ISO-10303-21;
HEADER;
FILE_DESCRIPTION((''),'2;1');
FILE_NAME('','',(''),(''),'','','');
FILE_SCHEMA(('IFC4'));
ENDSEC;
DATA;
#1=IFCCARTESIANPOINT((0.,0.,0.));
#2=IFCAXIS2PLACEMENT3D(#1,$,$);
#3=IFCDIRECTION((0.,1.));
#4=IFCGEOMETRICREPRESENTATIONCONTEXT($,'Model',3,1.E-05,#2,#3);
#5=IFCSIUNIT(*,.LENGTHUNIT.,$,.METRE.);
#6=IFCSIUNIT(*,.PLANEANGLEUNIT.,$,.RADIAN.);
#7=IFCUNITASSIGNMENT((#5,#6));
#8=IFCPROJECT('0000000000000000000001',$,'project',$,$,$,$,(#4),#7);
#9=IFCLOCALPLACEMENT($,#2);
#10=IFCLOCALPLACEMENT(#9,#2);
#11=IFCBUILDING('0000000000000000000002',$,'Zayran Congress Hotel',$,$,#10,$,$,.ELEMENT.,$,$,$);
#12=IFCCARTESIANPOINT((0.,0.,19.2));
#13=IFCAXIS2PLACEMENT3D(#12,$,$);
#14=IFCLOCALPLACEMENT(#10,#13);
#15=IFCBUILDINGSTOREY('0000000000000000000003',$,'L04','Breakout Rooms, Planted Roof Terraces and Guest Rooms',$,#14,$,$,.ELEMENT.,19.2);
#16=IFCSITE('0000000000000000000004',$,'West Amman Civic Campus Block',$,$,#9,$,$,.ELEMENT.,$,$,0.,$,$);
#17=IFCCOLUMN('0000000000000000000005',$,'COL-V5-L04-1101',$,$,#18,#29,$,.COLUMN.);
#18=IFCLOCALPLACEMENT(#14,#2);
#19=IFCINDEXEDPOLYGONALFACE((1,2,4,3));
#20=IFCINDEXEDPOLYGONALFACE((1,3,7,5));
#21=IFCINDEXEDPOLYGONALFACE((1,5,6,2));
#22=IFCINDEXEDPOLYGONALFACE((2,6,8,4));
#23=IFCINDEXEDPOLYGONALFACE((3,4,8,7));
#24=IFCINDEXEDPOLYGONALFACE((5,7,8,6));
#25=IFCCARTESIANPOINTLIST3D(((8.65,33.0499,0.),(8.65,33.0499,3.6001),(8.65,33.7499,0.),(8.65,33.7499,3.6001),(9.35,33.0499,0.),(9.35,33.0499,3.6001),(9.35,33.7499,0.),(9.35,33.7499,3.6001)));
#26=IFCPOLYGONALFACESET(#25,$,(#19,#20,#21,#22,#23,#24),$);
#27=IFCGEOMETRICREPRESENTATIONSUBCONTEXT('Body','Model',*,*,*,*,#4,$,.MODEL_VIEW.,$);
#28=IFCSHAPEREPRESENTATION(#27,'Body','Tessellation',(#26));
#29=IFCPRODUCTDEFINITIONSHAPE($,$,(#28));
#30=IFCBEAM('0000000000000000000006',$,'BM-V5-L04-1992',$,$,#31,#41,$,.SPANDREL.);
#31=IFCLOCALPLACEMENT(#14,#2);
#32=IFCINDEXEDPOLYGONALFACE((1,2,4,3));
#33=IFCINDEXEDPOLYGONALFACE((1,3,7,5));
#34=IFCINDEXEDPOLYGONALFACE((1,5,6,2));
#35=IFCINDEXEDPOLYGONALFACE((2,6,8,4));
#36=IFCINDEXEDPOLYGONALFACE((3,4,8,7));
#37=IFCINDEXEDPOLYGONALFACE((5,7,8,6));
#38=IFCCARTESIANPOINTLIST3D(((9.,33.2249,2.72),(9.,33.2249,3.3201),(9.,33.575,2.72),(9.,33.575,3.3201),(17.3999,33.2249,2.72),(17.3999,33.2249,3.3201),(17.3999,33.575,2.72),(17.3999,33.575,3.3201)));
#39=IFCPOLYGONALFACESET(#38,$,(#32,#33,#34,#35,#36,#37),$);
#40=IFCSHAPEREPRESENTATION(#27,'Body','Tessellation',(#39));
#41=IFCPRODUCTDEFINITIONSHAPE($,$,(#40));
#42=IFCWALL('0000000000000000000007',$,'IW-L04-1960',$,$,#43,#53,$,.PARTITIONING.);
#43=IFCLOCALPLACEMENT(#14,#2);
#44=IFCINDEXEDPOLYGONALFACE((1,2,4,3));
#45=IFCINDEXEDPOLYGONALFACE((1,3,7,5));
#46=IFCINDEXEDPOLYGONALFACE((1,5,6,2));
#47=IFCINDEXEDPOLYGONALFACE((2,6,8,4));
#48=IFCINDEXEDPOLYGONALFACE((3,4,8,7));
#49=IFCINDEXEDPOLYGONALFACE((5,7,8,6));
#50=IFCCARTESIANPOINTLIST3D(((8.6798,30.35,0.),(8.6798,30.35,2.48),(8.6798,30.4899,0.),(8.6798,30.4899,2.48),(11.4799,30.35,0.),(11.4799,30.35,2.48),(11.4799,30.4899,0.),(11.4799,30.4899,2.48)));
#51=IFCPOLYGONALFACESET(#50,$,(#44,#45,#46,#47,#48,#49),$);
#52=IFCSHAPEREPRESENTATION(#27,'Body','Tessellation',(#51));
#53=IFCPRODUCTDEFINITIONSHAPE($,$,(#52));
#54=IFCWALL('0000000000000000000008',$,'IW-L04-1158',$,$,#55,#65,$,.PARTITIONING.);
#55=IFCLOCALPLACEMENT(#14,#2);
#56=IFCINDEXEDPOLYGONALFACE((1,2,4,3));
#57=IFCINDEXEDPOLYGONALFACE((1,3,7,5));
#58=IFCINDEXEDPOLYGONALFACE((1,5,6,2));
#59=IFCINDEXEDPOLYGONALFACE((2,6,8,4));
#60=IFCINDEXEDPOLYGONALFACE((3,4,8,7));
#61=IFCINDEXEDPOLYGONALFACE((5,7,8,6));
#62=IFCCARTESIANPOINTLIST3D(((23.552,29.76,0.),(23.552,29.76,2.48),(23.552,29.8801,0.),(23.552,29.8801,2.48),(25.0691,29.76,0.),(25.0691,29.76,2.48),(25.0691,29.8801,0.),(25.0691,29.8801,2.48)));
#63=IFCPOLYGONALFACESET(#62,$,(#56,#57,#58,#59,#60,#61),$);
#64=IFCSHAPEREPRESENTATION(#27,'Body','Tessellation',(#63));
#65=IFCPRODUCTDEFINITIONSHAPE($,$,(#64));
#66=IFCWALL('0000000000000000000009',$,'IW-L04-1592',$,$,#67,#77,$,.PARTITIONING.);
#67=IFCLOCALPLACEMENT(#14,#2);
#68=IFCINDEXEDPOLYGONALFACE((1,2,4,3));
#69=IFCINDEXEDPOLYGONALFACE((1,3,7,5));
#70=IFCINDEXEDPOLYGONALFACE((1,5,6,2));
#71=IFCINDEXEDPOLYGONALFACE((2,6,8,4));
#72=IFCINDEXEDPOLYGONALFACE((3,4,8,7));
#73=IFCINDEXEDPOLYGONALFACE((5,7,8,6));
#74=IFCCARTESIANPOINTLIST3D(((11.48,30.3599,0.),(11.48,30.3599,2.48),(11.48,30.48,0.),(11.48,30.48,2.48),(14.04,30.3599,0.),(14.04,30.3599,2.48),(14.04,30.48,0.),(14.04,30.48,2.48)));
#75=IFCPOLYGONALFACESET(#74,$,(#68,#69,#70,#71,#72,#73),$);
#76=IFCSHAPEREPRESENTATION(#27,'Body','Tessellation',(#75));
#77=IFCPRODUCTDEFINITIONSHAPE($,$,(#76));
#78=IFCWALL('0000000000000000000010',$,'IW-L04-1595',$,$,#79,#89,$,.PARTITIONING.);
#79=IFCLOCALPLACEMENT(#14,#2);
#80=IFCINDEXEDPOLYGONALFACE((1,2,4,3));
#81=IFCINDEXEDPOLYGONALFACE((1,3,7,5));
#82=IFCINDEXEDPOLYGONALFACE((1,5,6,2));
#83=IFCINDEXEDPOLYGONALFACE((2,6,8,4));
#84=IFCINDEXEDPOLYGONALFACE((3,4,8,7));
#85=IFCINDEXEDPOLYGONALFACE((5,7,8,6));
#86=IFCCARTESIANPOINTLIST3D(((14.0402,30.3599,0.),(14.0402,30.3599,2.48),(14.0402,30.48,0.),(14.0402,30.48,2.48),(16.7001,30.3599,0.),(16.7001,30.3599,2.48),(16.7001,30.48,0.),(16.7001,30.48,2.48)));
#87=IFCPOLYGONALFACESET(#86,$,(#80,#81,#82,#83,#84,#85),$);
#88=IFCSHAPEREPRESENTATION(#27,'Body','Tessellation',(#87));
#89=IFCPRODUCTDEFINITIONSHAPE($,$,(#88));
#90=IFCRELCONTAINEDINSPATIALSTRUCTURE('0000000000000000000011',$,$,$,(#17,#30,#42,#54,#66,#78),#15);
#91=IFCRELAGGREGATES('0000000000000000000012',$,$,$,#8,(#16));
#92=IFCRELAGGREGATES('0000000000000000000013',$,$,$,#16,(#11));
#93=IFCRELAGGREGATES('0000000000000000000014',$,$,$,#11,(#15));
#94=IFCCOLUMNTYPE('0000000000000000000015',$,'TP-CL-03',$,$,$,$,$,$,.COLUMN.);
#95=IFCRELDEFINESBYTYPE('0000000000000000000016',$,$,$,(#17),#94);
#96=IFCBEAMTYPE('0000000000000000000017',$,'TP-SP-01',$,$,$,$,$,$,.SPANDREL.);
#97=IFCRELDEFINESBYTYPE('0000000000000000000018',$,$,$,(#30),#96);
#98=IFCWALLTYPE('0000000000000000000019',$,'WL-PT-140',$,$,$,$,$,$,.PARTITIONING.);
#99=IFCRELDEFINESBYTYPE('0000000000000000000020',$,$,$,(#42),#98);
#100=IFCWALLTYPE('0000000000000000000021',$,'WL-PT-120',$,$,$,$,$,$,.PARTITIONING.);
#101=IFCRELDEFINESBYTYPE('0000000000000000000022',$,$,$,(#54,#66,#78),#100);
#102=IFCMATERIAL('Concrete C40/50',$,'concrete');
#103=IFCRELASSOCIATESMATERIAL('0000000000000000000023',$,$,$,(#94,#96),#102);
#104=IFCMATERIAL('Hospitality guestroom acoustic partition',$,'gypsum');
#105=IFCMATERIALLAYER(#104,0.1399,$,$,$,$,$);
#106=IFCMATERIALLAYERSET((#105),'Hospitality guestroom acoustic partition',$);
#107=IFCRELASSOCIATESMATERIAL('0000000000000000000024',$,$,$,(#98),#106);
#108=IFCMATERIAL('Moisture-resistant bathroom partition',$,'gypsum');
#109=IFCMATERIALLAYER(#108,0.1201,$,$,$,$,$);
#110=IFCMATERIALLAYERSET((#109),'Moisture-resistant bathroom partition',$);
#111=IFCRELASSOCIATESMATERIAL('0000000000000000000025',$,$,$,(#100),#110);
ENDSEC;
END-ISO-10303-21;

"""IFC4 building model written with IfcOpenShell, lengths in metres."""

from ifc_helpers import new_model, si_unit, direction, frame, frame_2d, origin, origin_2d, place, context, subcontext, project, spatial, rectangle, extrude, material, layer, layer_set, material_profile, profile_set, type_object, element, save


model = new_model("IFC4")

# Units and contexts
model_context = context("Model", 3, precision=1e-05, world=origin(), true_north=direction((0.0, 1.0)))
body_context = subcontext(model_context, "Body", "Model", "MODEL_VIEW")
ifc_project = project(units=[si_unit("LENGTHUNIT", "METRE"), si_unit("PLANEANGLEUNIT", "RADIAN")], contexts=[model_context])

# Site, building, storey
site_placement = place(None, origin())
site = spatial("IfcSite", under=ifc_project, at=site_placement, Name="West Amman Civic Campus Block", CompositionType="ELEMENT", RefElevation=0.0)
building_placement = place(site_placement, origin())
building = spatial("IfcBuilding", under=site, at=building_placement, Name="Zayran Congress Hotel", CompositionType="ELEMENT")
storey_placement = place(building_placement, frame((0.0, 0.0, 19.2)))
storey = spatial("IfcBuildingStorey", under=building, at=storey_placement, Name="L04", Description="Breakout Rooms, Planted Roof Terraces and Guest Rooms", CompositionType="ELEMENT", Elevation=19.2)

# Column
ifc_material_1 = material(Name="Concrete C40/50", Category="concrete")
ifc_material_profile_1 = material_profile(ifc_material_1, rectangle(XDim=0.7, YDim=0.7, at=origin_2d()), Name="RC 700x700")
ifc_profile_set_1 = profile_set([ifc_material_profile_1], Name="Concrete C40/50")
column_type = type_object("IfcColumnType", Name="TP-CL-03", PredefinedType="COLUMN", material=ifc_profile_set_1)
column_placement = place(storey_placement, frame((9.0, 33.3999, 0.0), z_axis=(0.0, 0.0, 1.0), x_axis=(1.0, 0.0, 0.0)))
element("IfcColumn", 1, at=column_placement, inside=storey, type_object=column_type, Name="COL-V5-L04-1101", PredefinedType="COLUMN", context=body_context, shape_type="SweptSolid", body=[
    extrude(rectangle(XDim=0.7, YDim=0.7, at=origin_2d()), origin(), (0.0, 0.0, 1.0), 3.6001),
])

# Beam
ifc_material_profile_2 = material_profile(ifc_material_1, rectangle(XDim=0.3501, YDim=0.6001, at=origin_2d()), Name="RC 350x600")
ifc_profile_set_2 = profile_set([ifc_material_profile_2], Name="Concrete C40/50")
beam_type = type_object("IfcBeamType", Name="TP-SP-01", PredefinedType="SPANDREL", material=ifc_profile_set_2)
beam_placement = place(storey_placement, frame((9.0, 33.3999, 3.02), z_axis=(1.0, 0.0, 0.0), x_axis=(0.0, 1.0, 0.0)))
element("IfcBeam", 2, at=beam_placement, inside=storey, type_object=beam_type, Name="BM-V5-L04-1992", PredefinedType="SPANDREL", context=body_context, shape_type="SweptSolid", body=[
    extrude(rectangle(XDim=0.3501, YDim=0.6001, at=origin_2d()), origin(), (0.0, 0.0, 1.0), 8.3999),
])

# Walls
ifc_material_2 = material(Name="Hospitality guestroom acoustic partition", Category="gypsum")
ifc_layer_1 = layer(ifc_material_2, 0.1399)
ifc_layer_set_1 = layer_set([ifc_layer_1], Name="Hospitality guestroom acoustic partition")
wall_type_1 = type_object("IfcWallType", Name="WL-PT-140", PredefinedType="PARTITIONING", material=ifc_layer_set_1)
wall_1_placement = place(storey_placement, frame((8.6799, 30.4199, 0.0), z_axis=(0.0, 0.0, 1.0), x_axis=(1.0, 0.0, 0.0)))
element("IfcWall", 3, at=wall_1_placement, inside=storey, type_object=wall_type_1, Name="IW-L04-1960", PredefinedType="PARTITIONING", context=body_context, shape_type="SweptSolid", body=[
    extrude(rectangle(XDim=2.8, YDim=0.1399, at=frame_2d((1.3999, 0.0))), origin(), (0.0, 0.0, 1.0), 2.48),
])
ifc_material_3 = material(Name="Moisture-resistant bathroom partition", Category="gypsum")
ifc_layer_2 = layer(ifc_material_3, 0.1201)
ifc_layer_set_2 = layer_set([ifc_layer_2], Name="Moisture-resistant bathroom partition")
wall_type_2 = type_object("IfcWallType", Name="WL-PT-120", PredefinedType="PARTITIONING", material=ifc_layer_set_2)
wall_2_placement = place(storey_placement, frame((23.552, 29.8201, 0.0), z_axis=(0.0, 0.0, 1.0), x_axis=(1.0, 0.0, 0.0)))
element("IfcWall", 4, at=wall_2_placement, inside=storey, type_object=wall_type_2, Name="IW-L04-1158", PredefinedType="PARTITIONING", context=body_context, shape_type="SweptSolid", body=[
    extrude(rectangle(XDim=1.5171, YDim=0.1201, at=frame_2d((0.7585, 0.0))), origin(), (0.0, 0.0, 1.0), 2.48),
])
wall_3_placement = place(storey_placement, frame((11.48, 30.4199, 0.0), z_axis=(0.0, 0.0, 1.0), x_axis=(1.0, 0.0, 0.0)))
element("IfcWall", 5, at=wall_3_placement, inside=storey, type_object=wall_type_2, Name="IW-L04-1592", PredefinedType="PARTITIONING", context=body_context, shape_type="SweptSolid", body=[
    extrude(rectangle(XDim=2.5601, YDim=0.1201, at=frame_2d((1.28, 0.0))), origin(), (0.0, 0.0, 1.0), 2.48),
])
wall_4_placement = place(storey_placement, frame((14.04, 30.4199, 0.0), z_axis=(0.0, 0.0, 1.0), x_axis=(1.0, 0.0, 0.0)))
element("IfcWall", 6, at=wall_4_placement, inside=storey, type_object=wall_type_2, Name="IW-L04-1595", PredefinedType="PARTITIONING", context=body_context, shape_type="SweptSolid", body=[
    extrude(rectangle(XDim=2.6599, YDim=0.1201, at=frame_2d((1.3301, 0.0))), origin(), (0.0, 0.0, 1.0), 2.48),
])

save(model, "model.ifc")
